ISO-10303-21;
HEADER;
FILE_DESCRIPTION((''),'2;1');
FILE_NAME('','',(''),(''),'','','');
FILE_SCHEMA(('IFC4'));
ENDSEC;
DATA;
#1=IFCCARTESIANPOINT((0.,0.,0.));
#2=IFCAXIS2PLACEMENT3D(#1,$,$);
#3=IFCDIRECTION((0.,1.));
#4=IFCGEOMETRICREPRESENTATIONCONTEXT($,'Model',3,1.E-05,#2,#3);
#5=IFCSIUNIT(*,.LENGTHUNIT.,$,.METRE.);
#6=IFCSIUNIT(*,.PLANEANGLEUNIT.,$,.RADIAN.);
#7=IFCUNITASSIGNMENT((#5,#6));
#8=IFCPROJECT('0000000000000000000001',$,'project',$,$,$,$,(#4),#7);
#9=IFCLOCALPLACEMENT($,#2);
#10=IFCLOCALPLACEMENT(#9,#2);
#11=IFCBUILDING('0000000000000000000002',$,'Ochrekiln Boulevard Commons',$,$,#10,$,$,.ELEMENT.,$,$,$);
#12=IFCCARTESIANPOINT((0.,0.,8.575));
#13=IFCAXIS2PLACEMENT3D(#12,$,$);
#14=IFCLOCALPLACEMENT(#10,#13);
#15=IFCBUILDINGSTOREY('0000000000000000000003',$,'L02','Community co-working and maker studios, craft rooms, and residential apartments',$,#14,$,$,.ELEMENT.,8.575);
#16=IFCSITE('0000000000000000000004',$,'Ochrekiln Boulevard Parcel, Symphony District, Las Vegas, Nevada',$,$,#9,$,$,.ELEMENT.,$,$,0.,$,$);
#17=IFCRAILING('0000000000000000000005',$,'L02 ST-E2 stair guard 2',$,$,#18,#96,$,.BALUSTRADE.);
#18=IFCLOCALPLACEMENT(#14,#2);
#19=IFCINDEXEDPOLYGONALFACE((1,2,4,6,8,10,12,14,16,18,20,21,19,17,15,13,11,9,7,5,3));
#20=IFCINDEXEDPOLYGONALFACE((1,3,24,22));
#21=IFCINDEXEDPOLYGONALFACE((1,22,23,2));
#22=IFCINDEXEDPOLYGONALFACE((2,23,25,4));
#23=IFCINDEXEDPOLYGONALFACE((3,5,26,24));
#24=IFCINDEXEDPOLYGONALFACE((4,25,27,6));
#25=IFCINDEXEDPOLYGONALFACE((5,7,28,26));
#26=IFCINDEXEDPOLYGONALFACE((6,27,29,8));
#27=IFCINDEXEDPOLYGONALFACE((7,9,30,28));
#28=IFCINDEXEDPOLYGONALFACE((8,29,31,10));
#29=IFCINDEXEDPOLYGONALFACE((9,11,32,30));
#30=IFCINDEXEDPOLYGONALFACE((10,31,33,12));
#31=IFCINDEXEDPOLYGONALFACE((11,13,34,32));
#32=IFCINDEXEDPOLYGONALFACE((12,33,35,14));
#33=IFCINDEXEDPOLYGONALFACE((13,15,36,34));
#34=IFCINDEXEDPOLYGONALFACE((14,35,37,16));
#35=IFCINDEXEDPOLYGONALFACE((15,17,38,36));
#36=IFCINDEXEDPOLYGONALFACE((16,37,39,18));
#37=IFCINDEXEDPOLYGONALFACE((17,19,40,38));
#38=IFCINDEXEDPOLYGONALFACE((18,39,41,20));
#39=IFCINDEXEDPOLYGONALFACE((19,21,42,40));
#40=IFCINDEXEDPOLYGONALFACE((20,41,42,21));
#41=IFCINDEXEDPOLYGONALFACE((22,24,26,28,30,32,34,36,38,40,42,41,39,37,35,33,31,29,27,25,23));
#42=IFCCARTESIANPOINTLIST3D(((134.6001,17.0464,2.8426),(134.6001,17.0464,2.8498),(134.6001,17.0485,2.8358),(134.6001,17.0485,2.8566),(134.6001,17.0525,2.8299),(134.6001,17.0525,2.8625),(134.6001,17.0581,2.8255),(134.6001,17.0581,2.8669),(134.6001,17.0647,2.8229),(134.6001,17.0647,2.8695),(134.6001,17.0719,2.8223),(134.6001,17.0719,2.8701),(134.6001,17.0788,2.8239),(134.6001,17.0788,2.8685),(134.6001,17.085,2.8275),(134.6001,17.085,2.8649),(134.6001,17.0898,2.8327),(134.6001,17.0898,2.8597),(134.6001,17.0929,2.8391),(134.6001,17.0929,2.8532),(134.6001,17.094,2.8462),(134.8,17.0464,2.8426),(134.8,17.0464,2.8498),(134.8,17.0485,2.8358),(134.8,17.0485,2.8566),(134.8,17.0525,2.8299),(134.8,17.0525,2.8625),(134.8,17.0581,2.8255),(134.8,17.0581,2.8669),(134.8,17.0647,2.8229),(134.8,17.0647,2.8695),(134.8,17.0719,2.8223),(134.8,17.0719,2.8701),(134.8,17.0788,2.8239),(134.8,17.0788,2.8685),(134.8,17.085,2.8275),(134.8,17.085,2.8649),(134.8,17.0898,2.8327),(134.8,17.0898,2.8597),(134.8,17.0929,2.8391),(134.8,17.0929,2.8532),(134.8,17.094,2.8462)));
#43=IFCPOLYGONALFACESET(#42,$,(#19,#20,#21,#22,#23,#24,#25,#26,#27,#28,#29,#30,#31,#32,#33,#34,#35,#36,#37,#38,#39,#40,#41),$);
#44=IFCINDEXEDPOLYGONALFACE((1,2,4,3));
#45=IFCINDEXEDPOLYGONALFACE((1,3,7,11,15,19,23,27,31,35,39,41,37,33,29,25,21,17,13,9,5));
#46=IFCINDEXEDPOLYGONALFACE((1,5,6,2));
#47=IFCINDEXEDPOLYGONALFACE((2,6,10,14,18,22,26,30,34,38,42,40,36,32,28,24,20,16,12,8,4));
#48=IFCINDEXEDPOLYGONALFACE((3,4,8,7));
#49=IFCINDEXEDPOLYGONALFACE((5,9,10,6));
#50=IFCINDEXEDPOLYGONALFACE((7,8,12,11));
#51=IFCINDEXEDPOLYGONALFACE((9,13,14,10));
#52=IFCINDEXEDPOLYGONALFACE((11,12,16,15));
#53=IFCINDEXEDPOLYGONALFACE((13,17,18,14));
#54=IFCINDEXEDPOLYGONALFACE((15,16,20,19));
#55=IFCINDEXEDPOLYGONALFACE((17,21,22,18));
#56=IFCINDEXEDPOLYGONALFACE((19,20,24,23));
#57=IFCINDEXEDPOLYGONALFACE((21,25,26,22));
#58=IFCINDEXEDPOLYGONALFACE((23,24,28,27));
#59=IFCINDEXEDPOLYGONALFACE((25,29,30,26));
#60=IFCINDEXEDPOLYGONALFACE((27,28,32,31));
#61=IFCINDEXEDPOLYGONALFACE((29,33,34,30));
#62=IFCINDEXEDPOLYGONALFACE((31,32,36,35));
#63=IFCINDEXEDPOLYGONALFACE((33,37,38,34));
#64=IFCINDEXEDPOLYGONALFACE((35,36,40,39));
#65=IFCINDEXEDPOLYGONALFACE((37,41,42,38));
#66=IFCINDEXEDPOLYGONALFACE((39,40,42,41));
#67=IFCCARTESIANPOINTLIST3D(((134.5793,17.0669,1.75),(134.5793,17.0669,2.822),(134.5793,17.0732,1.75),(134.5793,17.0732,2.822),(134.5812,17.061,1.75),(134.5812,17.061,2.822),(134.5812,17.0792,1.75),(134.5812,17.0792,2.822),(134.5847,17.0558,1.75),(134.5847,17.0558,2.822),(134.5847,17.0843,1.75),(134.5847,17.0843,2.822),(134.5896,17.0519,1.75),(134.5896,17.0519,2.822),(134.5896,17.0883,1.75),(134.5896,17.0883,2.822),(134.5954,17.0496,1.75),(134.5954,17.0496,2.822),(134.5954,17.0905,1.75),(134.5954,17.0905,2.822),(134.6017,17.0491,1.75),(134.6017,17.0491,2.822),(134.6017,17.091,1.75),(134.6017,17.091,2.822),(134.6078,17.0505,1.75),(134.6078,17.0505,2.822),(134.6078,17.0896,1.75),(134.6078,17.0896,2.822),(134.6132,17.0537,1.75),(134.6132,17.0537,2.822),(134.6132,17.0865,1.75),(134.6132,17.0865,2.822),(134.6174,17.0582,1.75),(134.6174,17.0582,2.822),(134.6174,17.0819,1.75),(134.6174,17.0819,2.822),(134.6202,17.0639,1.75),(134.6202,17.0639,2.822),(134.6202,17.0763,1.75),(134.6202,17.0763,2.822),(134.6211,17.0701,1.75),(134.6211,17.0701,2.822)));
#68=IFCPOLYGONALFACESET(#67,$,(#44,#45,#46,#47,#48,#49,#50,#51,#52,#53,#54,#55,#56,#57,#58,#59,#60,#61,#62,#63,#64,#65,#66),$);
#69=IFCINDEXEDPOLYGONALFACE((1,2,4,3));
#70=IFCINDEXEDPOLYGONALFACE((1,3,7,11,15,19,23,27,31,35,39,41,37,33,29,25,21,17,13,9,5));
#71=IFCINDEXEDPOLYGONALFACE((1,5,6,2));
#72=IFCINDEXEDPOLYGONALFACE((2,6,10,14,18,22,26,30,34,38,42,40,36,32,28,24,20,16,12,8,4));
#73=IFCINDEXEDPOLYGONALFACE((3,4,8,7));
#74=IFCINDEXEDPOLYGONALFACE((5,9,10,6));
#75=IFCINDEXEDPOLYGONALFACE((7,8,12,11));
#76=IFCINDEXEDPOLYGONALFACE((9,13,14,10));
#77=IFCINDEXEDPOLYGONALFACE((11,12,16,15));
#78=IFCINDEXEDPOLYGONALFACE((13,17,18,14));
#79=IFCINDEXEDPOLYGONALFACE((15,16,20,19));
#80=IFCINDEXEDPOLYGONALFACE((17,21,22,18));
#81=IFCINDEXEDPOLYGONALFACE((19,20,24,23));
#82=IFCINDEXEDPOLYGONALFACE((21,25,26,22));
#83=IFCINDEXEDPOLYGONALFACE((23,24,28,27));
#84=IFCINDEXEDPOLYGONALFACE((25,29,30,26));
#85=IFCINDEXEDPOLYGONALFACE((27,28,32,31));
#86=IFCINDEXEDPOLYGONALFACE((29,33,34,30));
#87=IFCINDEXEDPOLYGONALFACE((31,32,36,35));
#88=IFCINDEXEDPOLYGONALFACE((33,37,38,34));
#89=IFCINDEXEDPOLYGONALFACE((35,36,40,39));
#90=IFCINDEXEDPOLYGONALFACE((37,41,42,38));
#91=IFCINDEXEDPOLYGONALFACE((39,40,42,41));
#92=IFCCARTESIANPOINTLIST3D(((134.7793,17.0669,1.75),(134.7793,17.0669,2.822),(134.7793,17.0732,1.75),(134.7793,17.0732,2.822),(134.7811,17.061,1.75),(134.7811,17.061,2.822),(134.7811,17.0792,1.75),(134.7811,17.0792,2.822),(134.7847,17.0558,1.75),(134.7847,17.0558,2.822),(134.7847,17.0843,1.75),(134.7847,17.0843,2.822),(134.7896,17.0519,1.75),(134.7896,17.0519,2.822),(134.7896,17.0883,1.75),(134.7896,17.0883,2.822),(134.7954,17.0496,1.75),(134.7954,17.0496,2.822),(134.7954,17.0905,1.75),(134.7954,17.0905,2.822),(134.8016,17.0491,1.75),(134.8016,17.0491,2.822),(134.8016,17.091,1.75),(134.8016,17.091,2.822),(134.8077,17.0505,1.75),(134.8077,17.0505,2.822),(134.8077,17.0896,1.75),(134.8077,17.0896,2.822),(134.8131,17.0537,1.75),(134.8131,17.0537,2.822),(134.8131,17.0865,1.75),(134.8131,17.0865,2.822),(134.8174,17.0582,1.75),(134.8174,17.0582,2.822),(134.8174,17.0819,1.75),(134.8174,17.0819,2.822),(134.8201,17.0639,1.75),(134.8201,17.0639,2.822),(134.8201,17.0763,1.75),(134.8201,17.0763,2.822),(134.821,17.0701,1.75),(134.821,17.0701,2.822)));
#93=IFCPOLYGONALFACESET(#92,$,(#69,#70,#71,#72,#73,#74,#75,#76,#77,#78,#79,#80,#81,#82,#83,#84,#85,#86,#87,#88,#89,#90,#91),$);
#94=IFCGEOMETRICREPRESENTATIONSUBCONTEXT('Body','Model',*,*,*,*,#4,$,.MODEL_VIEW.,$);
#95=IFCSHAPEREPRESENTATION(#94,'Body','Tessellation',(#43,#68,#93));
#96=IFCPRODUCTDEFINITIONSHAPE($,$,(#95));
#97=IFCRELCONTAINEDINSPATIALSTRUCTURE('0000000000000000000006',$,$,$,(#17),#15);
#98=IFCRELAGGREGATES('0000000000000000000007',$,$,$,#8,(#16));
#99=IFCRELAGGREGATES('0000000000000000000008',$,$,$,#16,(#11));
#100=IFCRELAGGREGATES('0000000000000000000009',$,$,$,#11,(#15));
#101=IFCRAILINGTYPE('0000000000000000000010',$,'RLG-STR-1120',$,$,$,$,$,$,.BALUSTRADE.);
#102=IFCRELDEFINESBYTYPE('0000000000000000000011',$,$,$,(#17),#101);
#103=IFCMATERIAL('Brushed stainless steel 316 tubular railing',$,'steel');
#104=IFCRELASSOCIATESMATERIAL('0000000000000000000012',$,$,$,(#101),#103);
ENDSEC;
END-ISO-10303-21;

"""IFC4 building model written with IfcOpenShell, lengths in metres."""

from ifc_helpers import new_model, si_unit, direction, frame, origin, origin_2d, place, context, subcontext, project, spatial, circle, extrude, material, type_object, element, save


model = new_model("IFC4")

# Units and contexts
model_context = context("Model", 3, precision=1e-05, world=origin(), true_north=direction((0.0, 1.0)))
body_context = subcontext(model_context, "Body", "Model", "MODEL_VIEW")
ifc_project = project(units=[si_unit("LENGTHUNIT", "METRE"), si_unit("PLANEANGLEUNIT", "RADIAN")], contexts=[model_context])

# Site, building, storey
site_placement = place(None, origin())
site = spatial("IfcSite", under=ifc_project, at=site_placement, Name="Ochrekiln Boulevard Parcel, Symphony District, Las Vegas, Nevada", CompositionType="ELEMENT", RefElevation=0.0)
building_placement = place(site_placement, origin())
building = spatial("IfcBuilding", under=site, at=building_placement, Name="Ochrekiln Boulevard Commons", CompositionType="ELEMENT")
storey_placement = place(building_placement, frame((0.0, 0.0, 8.575)))
storey = spatial("IfcBuildingStorey", under=building, at=storey_placement, Name="L02", Description="Community co-working and maker studios, craft rooms, and residential apartments", CompositionType="ELEMENT", Elevation=8.575)

# Railing
ifc_material_1 = material(Name="Brushed stainless steel 316 tubular railing", Category="steel")
railing_type_1 = type_object("IfcRailingType", Name="RLG-STR-1120", PredefinedType="BALUSTRADE", material=ifc_material_1)
railing_1_placement = place(storey_placement, frame((134.6001, 17.0701, 1.75)))
element("IfcRailing", 1, at=railing_1_placement, inside=storey, type_object=railing_type_1, Name="L02 ST-E2 stair guard 2", PredefinedType="BALUSTRADE", context=body_context, shape_type="SweptSolid", body=[
    extrude(circle(Radius=0.0239, at=origin_2d()), frame((0.0, 0.0, 1.0962), z_axis=(1.0, 0.0, 0.0), x_axis=(0.0, 1.0, 0.0)), (0.0, 0.0, 1.0), 0.2),
    extrude(circle(Radius=0.021, at=origin_2d()), origin(), (0.0, 0.0, 1.0), 1.072),
    extrude(circle(Radius=0.021, at=origin_2d()), frame((0.2, 0.0, 0.0)), (0.0, 0.0, 1.0), 1.072),
])

save(model, "model.ifc")
